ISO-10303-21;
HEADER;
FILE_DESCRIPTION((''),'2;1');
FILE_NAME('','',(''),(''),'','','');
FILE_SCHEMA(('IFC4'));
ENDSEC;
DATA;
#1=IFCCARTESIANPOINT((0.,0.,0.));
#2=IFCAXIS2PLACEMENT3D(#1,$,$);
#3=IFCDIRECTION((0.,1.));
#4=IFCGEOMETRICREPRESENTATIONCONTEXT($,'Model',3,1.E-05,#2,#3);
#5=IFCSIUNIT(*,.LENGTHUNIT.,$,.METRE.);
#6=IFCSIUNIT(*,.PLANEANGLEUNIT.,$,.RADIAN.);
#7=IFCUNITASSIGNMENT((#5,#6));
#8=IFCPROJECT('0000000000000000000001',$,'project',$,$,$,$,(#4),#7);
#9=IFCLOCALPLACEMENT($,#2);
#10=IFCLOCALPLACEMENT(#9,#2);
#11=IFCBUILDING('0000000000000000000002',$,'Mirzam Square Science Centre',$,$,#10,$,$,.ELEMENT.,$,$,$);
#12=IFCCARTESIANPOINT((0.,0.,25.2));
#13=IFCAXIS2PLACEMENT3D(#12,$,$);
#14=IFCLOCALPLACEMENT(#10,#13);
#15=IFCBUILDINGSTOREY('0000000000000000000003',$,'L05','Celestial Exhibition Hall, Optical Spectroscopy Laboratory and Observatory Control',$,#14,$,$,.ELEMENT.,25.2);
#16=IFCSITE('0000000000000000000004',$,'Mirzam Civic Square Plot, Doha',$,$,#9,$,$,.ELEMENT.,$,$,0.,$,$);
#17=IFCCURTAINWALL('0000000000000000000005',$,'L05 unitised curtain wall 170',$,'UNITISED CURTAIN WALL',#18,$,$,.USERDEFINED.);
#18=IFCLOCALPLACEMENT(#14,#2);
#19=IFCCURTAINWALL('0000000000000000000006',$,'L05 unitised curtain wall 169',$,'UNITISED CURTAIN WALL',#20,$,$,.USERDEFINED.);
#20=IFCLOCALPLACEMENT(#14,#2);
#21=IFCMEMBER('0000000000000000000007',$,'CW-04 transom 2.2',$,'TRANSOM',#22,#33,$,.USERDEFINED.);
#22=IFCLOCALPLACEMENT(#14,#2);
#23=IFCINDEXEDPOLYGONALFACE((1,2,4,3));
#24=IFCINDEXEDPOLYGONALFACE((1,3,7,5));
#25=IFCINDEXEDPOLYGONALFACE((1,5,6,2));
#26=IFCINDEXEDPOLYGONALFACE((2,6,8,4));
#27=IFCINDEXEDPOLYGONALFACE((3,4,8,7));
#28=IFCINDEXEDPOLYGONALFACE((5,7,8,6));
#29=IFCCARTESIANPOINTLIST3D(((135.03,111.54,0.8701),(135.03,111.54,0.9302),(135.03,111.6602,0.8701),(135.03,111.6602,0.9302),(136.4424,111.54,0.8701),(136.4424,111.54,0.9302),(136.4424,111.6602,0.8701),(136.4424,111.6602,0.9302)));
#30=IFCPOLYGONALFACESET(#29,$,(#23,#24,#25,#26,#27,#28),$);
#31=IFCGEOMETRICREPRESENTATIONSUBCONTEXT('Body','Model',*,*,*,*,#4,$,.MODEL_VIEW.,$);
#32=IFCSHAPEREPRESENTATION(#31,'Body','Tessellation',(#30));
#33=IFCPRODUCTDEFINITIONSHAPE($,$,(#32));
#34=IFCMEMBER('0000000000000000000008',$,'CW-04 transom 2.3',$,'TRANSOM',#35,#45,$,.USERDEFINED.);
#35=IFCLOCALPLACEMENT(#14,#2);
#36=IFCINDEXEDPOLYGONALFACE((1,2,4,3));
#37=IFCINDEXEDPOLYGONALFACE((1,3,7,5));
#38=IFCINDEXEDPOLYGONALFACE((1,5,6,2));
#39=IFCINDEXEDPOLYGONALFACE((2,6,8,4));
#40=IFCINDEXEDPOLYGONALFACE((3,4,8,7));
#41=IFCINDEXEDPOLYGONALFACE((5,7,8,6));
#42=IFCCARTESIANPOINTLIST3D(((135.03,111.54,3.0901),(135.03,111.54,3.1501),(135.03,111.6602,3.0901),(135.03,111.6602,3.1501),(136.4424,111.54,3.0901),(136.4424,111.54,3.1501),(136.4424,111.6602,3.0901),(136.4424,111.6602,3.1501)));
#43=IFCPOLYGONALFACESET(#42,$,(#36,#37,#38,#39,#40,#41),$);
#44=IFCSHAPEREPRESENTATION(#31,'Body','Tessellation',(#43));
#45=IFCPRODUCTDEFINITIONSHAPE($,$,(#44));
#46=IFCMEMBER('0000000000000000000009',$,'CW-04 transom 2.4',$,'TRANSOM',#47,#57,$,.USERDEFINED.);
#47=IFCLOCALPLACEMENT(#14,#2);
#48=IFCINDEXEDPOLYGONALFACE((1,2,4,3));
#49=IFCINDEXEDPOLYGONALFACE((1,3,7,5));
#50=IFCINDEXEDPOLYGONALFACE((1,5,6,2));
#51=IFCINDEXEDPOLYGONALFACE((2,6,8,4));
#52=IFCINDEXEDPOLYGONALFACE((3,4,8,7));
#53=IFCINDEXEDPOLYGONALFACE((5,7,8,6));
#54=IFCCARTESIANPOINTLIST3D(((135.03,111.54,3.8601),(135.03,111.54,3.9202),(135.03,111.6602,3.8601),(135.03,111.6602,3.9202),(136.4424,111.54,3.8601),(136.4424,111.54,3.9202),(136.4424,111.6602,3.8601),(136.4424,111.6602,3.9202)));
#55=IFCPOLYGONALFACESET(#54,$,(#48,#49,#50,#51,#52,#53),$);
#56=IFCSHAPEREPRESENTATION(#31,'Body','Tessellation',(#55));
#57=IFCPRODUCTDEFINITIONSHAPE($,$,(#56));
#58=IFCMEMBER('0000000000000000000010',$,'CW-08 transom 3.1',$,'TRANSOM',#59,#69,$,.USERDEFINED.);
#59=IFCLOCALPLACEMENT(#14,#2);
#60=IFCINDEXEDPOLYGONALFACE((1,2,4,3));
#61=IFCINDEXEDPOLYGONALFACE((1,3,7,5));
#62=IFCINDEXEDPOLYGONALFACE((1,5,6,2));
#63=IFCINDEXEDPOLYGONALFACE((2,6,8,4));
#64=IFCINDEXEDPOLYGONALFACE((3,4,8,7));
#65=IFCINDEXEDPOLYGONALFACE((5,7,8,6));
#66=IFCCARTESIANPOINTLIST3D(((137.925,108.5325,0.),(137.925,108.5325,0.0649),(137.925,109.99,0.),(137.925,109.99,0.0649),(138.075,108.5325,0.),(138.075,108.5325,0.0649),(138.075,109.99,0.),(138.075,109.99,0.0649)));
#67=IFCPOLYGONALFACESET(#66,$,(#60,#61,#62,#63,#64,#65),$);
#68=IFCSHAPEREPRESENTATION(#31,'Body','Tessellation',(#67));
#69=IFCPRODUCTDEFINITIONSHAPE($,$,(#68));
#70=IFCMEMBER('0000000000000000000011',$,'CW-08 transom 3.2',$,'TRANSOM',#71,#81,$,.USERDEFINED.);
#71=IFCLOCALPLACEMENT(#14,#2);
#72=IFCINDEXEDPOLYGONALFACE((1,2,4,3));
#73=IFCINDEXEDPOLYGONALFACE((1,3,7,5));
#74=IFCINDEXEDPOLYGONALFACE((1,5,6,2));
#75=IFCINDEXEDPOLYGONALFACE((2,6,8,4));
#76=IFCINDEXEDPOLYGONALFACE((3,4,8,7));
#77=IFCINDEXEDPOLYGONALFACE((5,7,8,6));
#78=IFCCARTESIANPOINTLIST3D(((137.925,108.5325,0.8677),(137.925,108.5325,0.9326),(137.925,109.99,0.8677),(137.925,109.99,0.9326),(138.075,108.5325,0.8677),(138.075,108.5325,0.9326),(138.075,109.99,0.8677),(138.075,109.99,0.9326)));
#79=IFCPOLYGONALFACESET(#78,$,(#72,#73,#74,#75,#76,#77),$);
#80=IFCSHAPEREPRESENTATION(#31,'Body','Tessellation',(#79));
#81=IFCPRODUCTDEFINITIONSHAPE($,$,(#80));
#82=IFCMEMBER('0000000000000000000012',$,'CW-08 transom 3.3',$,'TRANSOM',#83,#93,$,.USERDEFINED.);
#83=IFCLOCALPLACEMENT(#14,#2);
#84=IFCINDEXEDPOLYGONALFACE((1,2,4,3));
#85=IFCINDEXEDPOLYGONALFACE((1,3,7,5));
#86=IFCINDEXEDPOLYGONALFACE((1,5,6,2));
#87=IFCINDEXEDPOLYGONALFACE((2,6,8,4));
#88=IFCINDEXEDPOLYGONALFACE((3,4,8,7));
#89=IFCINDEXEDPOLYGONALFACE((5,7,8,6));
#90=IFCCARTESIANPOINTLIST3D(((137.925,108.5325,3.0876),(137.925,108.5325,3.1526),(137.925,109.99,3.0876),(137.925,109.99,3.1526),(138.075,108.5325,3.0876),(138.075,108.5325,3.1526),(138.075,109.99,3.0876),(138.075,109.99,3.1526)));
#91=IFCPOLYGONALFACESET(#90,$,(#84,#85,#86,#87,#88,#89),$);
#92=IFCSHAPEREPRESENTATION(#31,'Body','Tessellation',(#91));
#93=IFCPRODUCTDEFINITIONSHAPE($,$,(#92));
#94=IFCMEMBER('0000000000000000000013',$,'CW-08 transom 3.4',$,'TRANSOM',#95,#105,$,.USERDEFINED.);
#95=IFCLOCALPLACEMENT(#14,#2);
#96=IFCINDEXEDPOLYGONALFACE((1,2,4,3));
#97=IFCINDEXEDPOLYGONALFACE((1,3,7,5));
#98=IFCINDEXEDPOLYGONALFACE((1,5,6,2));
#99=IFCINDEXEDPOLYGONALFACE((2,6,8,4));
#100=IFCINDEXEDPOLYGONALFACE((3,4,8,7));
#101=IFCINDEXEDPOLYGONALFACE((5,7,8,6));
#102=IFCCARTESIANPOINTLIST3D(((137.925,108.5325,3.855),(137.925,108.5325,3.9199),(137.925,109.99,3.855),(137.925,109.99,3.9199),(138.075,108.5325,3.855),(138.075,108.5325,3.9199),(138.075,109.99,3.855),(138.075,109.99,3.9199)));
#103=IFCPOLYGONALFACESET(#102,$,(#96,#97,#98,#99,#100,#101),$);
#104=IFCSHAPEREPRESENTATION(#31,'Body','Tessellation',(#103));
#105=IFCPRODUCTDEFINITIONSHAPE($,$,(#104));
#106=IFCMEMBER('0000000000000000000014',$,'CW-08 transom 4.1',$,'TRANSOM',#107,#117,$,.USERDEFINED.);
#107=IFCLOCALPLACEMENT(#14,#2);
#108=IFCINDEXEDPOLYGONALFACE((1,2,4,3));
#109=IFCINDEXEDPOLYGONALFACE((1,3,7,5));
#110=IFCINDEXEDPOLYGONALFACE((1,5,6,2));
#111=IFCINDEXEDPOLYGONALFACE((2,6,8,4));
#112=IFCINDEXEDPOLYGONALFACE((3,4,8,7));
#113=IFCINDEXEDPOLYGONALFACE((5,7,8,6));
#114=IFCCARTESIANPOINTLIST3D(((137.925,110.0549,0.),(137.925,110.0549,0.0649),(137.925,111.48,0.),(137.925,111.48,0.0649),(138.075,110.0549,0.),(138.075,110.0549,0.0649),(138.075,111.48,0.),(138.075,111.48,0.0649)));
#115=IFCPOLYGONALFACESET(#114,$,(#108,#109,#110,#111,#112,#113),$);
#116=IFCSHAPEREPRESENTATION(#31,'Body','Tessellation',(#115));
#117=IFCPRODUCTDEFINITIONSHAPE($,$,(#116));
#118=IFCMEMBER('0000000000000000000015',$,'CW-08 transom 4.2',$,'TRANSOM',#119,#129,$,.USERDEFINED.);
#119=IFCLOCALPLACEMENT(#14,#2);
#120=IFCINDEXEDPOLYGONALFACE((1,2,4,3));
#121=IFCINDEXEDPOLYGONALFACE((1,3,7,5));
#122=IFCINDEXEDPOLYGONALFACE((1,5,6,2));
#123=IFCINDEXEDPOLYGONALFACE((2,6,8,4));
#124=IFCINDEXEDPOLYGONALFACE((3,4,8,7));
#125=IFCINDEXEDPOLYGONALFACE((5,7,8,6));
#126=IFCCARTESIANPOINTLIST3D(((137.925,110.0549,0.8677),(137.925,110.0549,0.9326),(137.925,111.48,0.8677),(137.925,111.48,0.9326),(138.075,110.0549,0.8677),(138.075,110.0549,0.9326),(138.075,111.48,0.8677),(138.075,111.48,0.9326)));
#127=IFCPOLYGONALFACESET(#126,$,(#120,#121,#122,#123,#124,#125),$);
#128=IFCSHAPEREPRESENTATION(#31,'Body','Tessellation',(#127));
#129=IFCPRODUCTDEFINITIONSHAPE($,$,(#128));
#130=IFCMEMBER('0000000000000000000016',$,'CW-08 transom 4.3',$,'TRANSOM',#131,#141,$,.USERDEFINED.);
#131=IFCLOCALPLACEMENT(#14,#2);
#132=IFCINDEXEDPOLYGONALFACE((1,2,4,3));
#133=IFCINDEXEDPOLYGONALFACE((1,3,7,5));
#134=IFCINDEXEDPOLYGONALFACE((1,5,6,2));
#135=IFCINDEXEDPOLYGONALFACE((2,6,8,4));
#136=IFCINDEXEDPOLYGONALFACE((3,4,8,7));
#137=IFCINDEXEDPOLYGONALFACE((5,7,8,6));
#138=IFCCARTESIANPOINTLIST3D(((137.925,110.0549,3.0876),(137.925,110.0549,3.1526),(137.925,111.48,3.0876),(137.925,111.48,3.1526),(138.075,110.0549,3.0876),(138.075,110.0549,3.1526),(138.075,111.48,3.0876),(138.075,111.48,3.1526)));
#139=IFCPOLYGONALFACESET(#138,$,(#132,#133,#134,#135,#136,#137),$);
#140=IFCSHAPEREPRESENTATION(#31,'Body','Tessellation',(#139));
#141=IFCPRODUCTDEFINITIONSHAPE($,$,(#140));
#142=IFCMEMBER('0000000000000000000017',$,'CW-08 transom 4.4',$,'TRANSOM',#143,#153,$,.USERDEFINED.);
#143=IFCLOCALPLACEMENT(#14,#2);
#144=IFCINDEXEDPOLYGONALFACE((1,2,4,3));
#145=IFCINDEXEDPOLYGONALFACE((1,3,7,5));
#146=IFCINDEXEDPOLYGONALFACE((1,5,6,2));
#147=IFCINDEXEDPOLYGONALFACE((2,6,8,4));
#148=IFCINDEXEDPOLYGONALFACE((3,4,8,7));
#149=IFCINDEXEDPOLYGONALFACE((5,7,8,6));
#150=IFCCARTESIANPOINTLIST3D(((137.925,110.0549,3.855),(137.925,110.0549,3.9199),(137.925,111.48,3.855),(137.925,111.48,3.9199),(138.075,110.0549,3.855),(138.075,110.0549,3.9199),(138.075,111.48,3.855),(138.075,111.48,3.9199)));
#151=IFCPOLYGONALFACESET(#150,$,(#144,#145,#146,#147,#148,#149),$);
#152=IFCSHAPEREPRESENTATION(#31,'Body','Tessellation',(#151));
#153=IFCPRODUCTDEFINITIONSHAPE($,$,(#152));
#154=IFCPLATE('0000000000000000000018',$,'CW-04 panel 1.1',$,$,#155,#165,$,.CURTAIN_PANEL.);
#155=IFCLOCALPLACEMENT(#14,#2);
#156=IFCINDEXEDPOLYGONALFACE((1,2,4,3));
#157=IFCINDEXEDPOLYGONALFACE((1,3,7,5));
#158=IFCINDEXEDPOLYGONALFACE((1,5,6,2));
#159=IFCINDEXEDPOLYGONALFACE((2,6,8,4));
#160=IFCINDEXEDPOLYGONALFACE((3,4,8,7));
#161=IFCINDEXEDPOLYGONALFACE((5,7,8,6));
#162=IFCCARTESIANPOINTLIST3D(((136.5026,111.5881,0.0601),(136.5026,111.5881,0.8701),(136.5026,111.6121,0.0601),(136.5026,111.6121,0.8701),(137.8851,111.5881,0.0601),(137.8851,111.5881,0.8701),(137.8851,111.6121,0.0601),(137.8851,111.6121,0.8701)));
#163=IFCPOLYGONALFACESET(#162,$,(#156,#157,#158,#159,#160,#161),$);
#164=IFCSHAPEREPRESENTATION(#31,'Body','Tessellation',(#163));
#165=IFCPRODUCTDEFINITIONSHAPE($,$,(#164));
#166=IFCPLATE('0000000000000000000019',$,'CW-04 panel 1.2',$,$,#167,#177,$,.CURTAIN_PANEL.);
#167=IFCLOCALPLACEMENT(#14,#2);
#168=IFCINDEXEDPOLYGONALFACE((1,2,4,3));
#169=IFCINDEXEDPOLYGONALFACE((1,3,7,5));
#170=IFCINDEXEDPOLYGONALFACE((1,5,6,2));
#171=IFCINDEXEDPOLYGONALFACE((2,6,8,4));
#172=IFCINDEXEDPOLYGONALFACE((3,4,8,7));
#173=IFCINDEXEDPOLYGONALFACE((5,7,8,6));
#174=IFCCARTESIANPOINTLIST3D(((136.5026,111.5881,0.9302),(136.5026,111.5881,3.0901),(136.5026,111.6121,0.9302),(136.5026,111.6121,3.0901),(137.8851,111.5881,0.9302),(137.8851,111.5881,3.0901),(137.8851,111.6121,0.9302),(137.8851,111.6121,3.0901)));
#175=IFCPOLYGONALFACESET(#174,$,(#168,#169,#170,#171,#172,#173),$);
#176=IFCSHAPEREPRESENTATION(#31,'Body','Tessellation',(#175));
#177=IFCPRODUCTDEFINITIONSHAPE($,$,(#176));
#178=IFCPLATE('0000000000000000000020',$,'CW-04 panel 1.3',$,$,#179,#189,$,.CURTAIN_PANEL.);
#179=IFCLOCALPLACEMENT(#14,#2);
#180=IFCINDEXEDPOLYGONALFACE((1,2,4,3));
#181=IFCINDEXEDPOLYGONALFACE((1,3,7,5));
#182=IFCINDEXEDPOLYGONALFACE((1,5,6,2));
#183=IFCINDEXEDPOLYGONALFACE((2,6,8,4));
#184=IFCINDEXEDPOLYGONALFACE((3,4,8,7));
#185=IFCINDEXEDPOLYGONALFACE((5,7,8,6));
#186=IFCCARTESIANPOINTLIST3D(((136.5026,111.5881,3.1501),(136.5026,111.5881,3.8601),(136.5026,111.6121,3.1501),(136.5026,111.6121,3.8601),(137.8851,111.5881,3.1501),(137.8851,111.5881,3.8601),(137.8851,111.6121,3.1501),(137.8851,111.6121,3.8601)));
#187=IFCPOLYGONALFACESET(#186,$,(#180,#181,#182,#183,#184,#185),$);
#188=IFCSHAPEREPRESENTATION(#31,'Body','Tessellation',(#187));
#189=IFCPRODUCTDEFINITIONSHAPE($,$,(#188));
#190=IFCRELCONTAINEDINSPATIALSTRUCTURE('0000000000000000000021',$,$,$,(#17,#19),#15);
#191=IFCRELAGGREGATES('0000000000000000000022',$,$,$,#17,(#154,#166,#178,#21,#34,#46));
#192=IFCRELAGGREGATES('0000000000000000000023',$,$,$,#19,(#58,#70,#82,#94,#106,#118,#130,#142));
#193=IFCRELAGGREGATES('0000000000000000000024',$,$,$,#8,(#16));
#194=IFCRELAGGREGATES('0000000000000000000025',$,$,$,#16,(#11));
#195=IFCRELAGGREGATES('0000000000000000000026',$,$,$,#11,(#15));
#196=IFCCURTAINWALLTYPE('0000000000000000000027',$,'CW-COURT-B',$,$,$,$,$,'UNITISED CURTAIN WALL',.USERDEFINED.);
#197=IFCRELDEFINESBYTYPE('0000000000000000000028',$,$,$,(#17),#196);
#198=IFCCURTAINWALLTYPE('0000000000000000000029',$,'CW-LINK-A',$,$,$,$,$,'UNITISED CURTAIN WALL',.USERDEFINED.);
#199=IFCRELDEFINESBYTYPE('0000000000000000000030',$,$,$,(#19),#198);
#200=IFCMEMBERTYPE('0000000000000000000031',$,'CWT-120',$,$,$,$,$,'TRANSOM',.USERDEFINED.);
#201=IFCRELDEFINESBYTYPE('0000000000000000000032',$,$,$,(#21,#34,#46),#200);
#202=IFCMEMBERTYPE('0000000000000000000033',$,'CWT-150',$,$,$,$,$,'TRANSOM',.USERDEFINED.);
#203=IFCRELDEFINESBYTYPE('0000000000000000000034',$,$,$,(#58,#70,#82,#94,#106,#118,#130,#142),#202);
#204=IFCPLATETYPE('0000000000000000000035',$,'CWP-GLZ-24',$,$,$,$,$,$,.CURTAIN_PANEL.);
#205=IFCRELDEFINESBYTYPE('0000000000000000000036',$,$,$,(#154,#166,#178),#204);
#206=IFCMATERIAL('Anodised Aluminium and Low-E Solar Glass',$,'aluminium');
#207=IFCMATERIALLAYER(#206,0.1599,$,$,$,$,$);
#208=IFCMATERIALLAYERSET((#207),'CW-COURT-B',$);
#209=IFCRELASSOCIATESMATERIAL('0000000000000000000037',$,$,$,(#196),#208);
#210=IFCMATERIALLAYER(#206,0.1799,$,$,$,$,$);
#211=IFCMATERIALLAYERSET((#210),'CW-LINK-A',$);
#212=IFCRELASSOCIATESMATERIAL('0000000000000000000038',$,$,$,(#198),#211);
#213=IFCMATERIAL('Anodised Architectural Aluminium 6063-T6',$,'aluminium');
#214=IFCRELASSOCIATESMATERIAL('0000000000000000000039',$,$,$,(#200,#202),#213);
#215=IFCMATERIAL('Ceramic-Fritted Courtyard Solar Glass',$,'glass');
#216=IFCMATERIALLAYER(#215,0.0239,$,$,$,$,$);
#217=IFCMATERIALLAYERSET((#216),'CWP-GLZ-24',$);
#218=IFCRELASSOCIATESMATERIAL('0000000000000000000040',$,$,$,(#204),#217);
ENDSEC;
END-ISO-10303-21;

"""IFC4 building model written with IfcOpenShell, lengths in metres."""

from ifc_helpers import new_model, si_unit, direction, frame, origin, origin_2d, place, context, subcontext, project, spatial, rectangle, extrude, material, layer, layer_set, material_profile, profile_set, type_object, element, aggregate, save


model = new_model("IFC4")

# Units and contexts
model_context = context("Model", 3, precision=1e-05, world=origin(), true_north=direction((0.0, 1.0)))
body_context = subcontext(model_context, "Body", "Model", "MODEL_VIEW")
ifc_project = project(units=[si_unit("LENGTHUNIT", "METRE"), si_unit("PLANEANGLEUNIT", "RADIAN")], contexts=[model_context])

# Site, building, storey
site_placement = place(None, origin())
site = spatial("IfcSite", under=ifc_project, at=site_placement, Name="Mirzam Civic Square Plot, Doha", CompositionType="ELEMENT", RefElevation=0.0)
building_placement = place(site_placement, origin())
building = spatial("IfcBuilding", under=site, at=building_placement, Name="Mirzam Square Science Centre", CompositionType="ELEMENT")
storey_placement = place(building_placement, frame((0.0, 0.0, 25.2)))
storey = spatial("IfcBuildingStorey", under=building, at=storey_placement, Name="L05", Description="Celestial Exhibition Hall, Optical Spectroscopy Laboratory and Observatory Control", CompositionType="ELEMENT", Elevation=25.2)

# Curtain walls
ifc_material_1 = material(Name="Anodised Aluminium and Low-E Solar Glass", Category="aluminium")
ifc_layer_1 = layer(ifc_material_1, 0.1599)
ifc_layer_set_1 = layer_set([ifc_layer_1], Name="CW-COURT-B")
curtain_wall_type_1 = type_object("IfcCurtainWallType", Name="CW-COURT-B", ElementType="UNITISED CURTAIN WALL", PredefinedType="USERDEFINED", material=ifc_layer_set_1)
curtain_wall_1_placement = place(storey_placement, origin())
curtain_wall_1 = element("IfcCurtainWall", 1, at=curtain_wall_1_placement, inside=storey, type_object=curtain_wall_type_1, Name="L05 unitised curtain wall 170", ObjectType="UNITISED CURTAIN WALL", PredefinedType="USERDEFINED")
ifc_material_2 = material(Name="Anodised Architectural Aluminium 6063-T6", Category="aluminium")
ifc_layer_2 = layer(ifc_material_1, 0.1799)
ifc_layer_set_2 = layer_set([ifc_layer_2], Name="CW-LINK-A")
curtain_wall_type_2 = type_object("IfcCurtainWallType", Name="CW-LINK-A", ElementType="UNITISED CURTAIN WALL", PredefinedType="USERDEFINED", material=ifc_layer_set_2)
curtain_wall_2_placement = place(storey_placement, origin())
curtain_wall_2 = element("IfcCurtainWall", 2, at=curtain_wall_2_placement, inside=storey, type_object=curtain_wall_type_2, Name="L05 unitised curtain wall 169", ObjectType="UNITISED CURTAIN WALL", PredefinedType="USERDEFINED")

# Members
ifc_material_profile_1 = material_profile(ifc_material_2, rectangle(XDim=0.1201, YDim=0.0601, at=origin_2d()), Name="ALU-TRAN-120x60x4")
ifc_profile_set_1 = profile_set([ifc_material_profile_1], Name="Anodised Architectural Aluminium 6063-T6")
member_type_1 = type_object("IfcMemberType", Name="CWT-120", ElementType="TRANSOM", PredefinedType="USERDEFINED", material=ifc_profile_set_1)
member_1_placement = place(storey_placement, frame((136.4424, 111.6001, 0.9001), z_axis=(-1.0, 0.0, 0.0), x_axis=(0.0, -1.0, 0.0)))
member_1 = element("IfcMember", 3, at=member_1_placement, type_object=member_type_1, Name="CW-04 transom 2.2", ObjectType="TRANSOM", PredefinedType="USERDEFINED", context=body_context, shape_type="SweptSolid", body=[
    extrude(rectangle(XDim=0.1201, YDim=0.0601, at=origin_2d()), origin(), (0.0, 0.0, 1.0), 1.4124),
])
member_2_placement = place(storey_placement, frame((136.4424, 111.6001, 3.1201), z_axis=(-1.0, 0.0, 0.0), x_axis=(0.0, -1.0, 0.0)))
member_2 = element("IfcMember", 4, at=member_2_placement, type_object=member_type_1, Name="CW-04 transom 2.3", ObjectType="TRANSOM", PredefinedType="USERDEFINED", context=body_context, shape_type="SweptSolid", body=[
    extrude(rectangle(XDim=0.1201, YDim=0.0601, at=origin_2d()), origin(), (0.0, 0.0, 1.0), 1.4124),
])
member_3_placement = place(storey_placement, frame((136.4424, 111.6001, 3.8901), z_axis=(-1.0, 0.0, 0.0), x_axis=(0.0, -1.0, 0.0)))
member_3 = element("IfcMember", 5, at=member_3_placement, type_object=member_type_1, Name="CW-04 transom 2.4", ObjectType="TRANSOM", PredefinedType="USERDEFINED", context=body_context, shape_type="SweptSolid", body=[
    extrude(rectangle(XDim=0.1201, YDim=0.0601, at=origin_2d()), origin(), (0.0, 0.0, 1.0), 1.4124),
])
ifc_material_profile_2 = material_profile(ifc_material_2, rectangle(XDim=0.1499, YDim=0.0649, at=origin_2d()), Name="ALU-TRAN-150x65x4")
ifc_profile_set_2 = profile_set([ifc_material_profile_2], Name="Anodised Architectural Aluminium 6063-T6")
member_type_2 = type_object("IfcMemberType", Name="CWT-150", ElementType="TRANSOM", PredefinedType="USERDEFINED", material=ifc_profile_set_2)
member_4_placement = place(storey_placement, frame((138.0, 108.5325, 0.0325), z_axis=(0.0, 1.0, 0.0), x_axis=(-1.0, 0.0, 0.0)))
member_4 = element("IfcMember", 6, at=member_4_placement, type_object=member_type_2, Name="CW-08 transom 3.1", ObjectType="TRANSOM", PredefinedType="USERDEFINED", context=body_context, shape_type="SweptSolid", body=[
    extrude(rectangle(XDim=0.1499, YDim=0.0649, at=origin_2d()), origin(), (0.0, 0.0, 1.0), 1.4575),
])
member_5_placement = place(storey_placement, frame((138.0, 108.5325, 0.9001), z_axis=(0.0, 1.0, 0.0), x_axis=(-1.0, 0.0, 0.0)))
member_5 = element("IfcMember", 7, at=member_5_placement, type_object=member_type_2, Name="CW-08 transom 3.2", ObjectType="TRANSOM", PredefinedType="USERDEFINED", context=body_context, shape_type="SweptSolid", body=[
    extrude(rectangle(XDim=0.1499, YDim=0.0649, at=origin_2d()), origin(), (0.0, 0.0, 1.0), 1.4575),
])
member_6_placement = place(storey_placement, frame((138.0, 108.5325, 3.1201), z_axis=(0.0, 1.0, 0.0), x_axis=(-1.0, 0.0, 0.0)))
member_6 = element("IfcMember", 8, at=member_6_placement, type_object=member_type_2, Name="CW-08 transom 3.3", ObjectType="TRANSOM", PredefinedType="USERDEFINED", context=body_context, shape_type="SweptSolid", body=[
    extrude(rectangle(XDim=0.1499, YDim=0.0649, at=origin_2d()), origin(), (0.0, 0.0, 1.0), 1.4575),
])
member_7_placement = place(storey_placement, frame((138.0, 108.5325, 3.8875), z_axis=(0.0, 1.0, 0.0), x_axis=(-1.0, 0.0, 0.0)))
member_7 = element("IfcMember", 9, at=member_7_placement, type_object=member_type_2, Name="CW-08 transom 3.4", ObjectType="TRANSOM", PredefinedType="USERDEFINED", context=body_context, shape_type="SweptSolid", body=[
    extrude(rectangle(XDim=0.1499, YDim=0.0649, at=origin_2d()), origin(), (0.0, 0.0, 1.0), 1.4575),
])
member_8_placement = place(storey_placement, frame((138.0, 110.0549, 0.0325), z_axis=(0.0, 1.0, 0.0), x_axis=(-1.0, 0.0, 0.0)))
member_8 = element("IfcMember", 10, at=member_8_placement, type_object=member_type_2, Name="CW-08 transom 4.1", ObjectType="TRANSOM", PredefinedType="USERDEFINED", context=body_context, shape_type="SweptSolid", body=[
    extrude(rectangle(XDim=0.1499, YDim=0.0649, at=origin_2d()), origin(), (0.0, 0.0, 1.0), 1.425),
])
member_9_placement = place(storey_placement, frame((138.0, 110.0549, 0.9001), z_axis=(0.0, 1.0, 0.0), x_axis=(-1.0, 0.0, 0.0)))
member_9 = element("IfcMember", 11, at=member_9_placement, type_object=member_type_2, Name="CW-08 transom 4.2", ObjectType="TRANSOM", PredefinedType="USERDEFINED", context=body_context, shape_type="SweptSolid", body=[
    extrude(rectangle(XDim=0.1499, YDim=0.0649, at=origin_2d()), origin(), (0.0, 0.0, 1.0), 1.425),
])
member_10_placement = place(storey_placement, frame((138.0, 110.0549, 3.1201), z_axis=(0.0, 1.0, 0.0), x_axis=(-1.0, 0.0, 0.0)))
member_10 = element("IfcMember", 12, at=member_10_placement, type_object=member_type_2, Name="CW-08 transom 4.3", ObjectType="TRANSOM", PredefinedType="USERDEFINED", context=body_context, shape_type="SweptSolid", body=[
    extrude(rectangle(XDim=0.1499, YDim=0.0649, at=origin_2d()), origin(), (0.0, 0.0, 1.0), 1.425),
])
member_11_placement = place(storey_placement, frame((138.0, 110.0549, 3.8875), z_axis=(0.0, 1.0, 0.0), x_axis=(-1.0, 0.0, 0.0)))
member_11 = element("IfcMember", 13, at=member_11_placement, type_object=member_type_2, Name="CW-08 transom 4.4", ObjectType="TRANSOM", PredefinedType="USERDEFINED", context=body_context, shape_type="SweptSolid", body=[
    extrude(rectangle(XDim=0.1499, YDim=0.0649, at=origin_2d()), origin(), (0.0, 0.0, 1.0), 1.425),
])

# Plates
ifc_material_3 = material(Name="Ceramic-Fritted Courtyard Solar Glass", Category="glass")
ifc_layer_3 = layer(ifc_material_3, 0.0239)
ifc_layer_set_3 = layer_set([ifc_layer_3], Name="CWP-GLZ-24")
plate_type_1 = type_object("IfcPlateType", Name="CWP-GLZ-24", PredefinedType="CURTAIN_PANEL", material=ifc_layer_set_3)
plate_1_placement = place(storey_placement, frame((137.1938, 111.6001, 0.0601), z_axis=(0.0, 0.0, 1.0), x_axis=(-1.0, 0.0, 0.0)))
plate_1 = element("IfcPlate", 14, at=plate_1_placement, type_object=plate_type_1, Name="CW-04 panel 1.1", PredefinedType="CURTAIN_PANEL", context=body_context, shape_type="SweptSolid", body=[
    extrude(rectangle(XDim=1.3826, YDim=0.0239, at=origin_2d()), origin(), (0.0, 0.0, 1.0), 0.8101),
])
plate_2_placement = place(storey_placement, frame((137.1938, 111.6001, 0.9302), z_axis=(0.0, 0.0, 1.0), x_axis=(-1.0, 0.0, 0.0)))
plate_2 = element("IfcPlate", 15, at=plate_2_placement, type_object=plate_type_1, Name="CW-04 panel 1.2", PredefinedType="CURTAIN_PANEL", context=body_context, shape_type="SweptSolid", body=[
    extrude(rectangle(XDim=1.3826, YDim=0.0239, at=origin_2d()), origin(), (0.0, 0.0, 1.0), 2.1599),
])
plate_3_placement = place(storey_placement, frame((137.1938, 111.6001, 3.1501), z_axis=(0.0, 0.0, 1.0), x_axis=(-1.0, 0.0, 0.0)))
plate_3 = element("IfcPlate", 16, at=plate_3_placement, type_object=plate_type_1, Name="CW-04 panel 1.3", PredefinedType="CURTAIN_PANEL", context=body_context, shape_type="SweptSolid", body=[
    extrude(rectangle(XDim=1.3826, YDim=0.0239, at=origin_2d()), origin(), (0.0, 0.0, 1.0), 0.71),
])
aggregate(curtain_wall_1, [plate_1, plate_2, plate_3, member_1, member_2, member_3])
aggregate(curtain_wall_2, [member_4, member_5, member_6, member_7, member_8, member_9, member_10, member_11])

save(model, "model.ifc")
